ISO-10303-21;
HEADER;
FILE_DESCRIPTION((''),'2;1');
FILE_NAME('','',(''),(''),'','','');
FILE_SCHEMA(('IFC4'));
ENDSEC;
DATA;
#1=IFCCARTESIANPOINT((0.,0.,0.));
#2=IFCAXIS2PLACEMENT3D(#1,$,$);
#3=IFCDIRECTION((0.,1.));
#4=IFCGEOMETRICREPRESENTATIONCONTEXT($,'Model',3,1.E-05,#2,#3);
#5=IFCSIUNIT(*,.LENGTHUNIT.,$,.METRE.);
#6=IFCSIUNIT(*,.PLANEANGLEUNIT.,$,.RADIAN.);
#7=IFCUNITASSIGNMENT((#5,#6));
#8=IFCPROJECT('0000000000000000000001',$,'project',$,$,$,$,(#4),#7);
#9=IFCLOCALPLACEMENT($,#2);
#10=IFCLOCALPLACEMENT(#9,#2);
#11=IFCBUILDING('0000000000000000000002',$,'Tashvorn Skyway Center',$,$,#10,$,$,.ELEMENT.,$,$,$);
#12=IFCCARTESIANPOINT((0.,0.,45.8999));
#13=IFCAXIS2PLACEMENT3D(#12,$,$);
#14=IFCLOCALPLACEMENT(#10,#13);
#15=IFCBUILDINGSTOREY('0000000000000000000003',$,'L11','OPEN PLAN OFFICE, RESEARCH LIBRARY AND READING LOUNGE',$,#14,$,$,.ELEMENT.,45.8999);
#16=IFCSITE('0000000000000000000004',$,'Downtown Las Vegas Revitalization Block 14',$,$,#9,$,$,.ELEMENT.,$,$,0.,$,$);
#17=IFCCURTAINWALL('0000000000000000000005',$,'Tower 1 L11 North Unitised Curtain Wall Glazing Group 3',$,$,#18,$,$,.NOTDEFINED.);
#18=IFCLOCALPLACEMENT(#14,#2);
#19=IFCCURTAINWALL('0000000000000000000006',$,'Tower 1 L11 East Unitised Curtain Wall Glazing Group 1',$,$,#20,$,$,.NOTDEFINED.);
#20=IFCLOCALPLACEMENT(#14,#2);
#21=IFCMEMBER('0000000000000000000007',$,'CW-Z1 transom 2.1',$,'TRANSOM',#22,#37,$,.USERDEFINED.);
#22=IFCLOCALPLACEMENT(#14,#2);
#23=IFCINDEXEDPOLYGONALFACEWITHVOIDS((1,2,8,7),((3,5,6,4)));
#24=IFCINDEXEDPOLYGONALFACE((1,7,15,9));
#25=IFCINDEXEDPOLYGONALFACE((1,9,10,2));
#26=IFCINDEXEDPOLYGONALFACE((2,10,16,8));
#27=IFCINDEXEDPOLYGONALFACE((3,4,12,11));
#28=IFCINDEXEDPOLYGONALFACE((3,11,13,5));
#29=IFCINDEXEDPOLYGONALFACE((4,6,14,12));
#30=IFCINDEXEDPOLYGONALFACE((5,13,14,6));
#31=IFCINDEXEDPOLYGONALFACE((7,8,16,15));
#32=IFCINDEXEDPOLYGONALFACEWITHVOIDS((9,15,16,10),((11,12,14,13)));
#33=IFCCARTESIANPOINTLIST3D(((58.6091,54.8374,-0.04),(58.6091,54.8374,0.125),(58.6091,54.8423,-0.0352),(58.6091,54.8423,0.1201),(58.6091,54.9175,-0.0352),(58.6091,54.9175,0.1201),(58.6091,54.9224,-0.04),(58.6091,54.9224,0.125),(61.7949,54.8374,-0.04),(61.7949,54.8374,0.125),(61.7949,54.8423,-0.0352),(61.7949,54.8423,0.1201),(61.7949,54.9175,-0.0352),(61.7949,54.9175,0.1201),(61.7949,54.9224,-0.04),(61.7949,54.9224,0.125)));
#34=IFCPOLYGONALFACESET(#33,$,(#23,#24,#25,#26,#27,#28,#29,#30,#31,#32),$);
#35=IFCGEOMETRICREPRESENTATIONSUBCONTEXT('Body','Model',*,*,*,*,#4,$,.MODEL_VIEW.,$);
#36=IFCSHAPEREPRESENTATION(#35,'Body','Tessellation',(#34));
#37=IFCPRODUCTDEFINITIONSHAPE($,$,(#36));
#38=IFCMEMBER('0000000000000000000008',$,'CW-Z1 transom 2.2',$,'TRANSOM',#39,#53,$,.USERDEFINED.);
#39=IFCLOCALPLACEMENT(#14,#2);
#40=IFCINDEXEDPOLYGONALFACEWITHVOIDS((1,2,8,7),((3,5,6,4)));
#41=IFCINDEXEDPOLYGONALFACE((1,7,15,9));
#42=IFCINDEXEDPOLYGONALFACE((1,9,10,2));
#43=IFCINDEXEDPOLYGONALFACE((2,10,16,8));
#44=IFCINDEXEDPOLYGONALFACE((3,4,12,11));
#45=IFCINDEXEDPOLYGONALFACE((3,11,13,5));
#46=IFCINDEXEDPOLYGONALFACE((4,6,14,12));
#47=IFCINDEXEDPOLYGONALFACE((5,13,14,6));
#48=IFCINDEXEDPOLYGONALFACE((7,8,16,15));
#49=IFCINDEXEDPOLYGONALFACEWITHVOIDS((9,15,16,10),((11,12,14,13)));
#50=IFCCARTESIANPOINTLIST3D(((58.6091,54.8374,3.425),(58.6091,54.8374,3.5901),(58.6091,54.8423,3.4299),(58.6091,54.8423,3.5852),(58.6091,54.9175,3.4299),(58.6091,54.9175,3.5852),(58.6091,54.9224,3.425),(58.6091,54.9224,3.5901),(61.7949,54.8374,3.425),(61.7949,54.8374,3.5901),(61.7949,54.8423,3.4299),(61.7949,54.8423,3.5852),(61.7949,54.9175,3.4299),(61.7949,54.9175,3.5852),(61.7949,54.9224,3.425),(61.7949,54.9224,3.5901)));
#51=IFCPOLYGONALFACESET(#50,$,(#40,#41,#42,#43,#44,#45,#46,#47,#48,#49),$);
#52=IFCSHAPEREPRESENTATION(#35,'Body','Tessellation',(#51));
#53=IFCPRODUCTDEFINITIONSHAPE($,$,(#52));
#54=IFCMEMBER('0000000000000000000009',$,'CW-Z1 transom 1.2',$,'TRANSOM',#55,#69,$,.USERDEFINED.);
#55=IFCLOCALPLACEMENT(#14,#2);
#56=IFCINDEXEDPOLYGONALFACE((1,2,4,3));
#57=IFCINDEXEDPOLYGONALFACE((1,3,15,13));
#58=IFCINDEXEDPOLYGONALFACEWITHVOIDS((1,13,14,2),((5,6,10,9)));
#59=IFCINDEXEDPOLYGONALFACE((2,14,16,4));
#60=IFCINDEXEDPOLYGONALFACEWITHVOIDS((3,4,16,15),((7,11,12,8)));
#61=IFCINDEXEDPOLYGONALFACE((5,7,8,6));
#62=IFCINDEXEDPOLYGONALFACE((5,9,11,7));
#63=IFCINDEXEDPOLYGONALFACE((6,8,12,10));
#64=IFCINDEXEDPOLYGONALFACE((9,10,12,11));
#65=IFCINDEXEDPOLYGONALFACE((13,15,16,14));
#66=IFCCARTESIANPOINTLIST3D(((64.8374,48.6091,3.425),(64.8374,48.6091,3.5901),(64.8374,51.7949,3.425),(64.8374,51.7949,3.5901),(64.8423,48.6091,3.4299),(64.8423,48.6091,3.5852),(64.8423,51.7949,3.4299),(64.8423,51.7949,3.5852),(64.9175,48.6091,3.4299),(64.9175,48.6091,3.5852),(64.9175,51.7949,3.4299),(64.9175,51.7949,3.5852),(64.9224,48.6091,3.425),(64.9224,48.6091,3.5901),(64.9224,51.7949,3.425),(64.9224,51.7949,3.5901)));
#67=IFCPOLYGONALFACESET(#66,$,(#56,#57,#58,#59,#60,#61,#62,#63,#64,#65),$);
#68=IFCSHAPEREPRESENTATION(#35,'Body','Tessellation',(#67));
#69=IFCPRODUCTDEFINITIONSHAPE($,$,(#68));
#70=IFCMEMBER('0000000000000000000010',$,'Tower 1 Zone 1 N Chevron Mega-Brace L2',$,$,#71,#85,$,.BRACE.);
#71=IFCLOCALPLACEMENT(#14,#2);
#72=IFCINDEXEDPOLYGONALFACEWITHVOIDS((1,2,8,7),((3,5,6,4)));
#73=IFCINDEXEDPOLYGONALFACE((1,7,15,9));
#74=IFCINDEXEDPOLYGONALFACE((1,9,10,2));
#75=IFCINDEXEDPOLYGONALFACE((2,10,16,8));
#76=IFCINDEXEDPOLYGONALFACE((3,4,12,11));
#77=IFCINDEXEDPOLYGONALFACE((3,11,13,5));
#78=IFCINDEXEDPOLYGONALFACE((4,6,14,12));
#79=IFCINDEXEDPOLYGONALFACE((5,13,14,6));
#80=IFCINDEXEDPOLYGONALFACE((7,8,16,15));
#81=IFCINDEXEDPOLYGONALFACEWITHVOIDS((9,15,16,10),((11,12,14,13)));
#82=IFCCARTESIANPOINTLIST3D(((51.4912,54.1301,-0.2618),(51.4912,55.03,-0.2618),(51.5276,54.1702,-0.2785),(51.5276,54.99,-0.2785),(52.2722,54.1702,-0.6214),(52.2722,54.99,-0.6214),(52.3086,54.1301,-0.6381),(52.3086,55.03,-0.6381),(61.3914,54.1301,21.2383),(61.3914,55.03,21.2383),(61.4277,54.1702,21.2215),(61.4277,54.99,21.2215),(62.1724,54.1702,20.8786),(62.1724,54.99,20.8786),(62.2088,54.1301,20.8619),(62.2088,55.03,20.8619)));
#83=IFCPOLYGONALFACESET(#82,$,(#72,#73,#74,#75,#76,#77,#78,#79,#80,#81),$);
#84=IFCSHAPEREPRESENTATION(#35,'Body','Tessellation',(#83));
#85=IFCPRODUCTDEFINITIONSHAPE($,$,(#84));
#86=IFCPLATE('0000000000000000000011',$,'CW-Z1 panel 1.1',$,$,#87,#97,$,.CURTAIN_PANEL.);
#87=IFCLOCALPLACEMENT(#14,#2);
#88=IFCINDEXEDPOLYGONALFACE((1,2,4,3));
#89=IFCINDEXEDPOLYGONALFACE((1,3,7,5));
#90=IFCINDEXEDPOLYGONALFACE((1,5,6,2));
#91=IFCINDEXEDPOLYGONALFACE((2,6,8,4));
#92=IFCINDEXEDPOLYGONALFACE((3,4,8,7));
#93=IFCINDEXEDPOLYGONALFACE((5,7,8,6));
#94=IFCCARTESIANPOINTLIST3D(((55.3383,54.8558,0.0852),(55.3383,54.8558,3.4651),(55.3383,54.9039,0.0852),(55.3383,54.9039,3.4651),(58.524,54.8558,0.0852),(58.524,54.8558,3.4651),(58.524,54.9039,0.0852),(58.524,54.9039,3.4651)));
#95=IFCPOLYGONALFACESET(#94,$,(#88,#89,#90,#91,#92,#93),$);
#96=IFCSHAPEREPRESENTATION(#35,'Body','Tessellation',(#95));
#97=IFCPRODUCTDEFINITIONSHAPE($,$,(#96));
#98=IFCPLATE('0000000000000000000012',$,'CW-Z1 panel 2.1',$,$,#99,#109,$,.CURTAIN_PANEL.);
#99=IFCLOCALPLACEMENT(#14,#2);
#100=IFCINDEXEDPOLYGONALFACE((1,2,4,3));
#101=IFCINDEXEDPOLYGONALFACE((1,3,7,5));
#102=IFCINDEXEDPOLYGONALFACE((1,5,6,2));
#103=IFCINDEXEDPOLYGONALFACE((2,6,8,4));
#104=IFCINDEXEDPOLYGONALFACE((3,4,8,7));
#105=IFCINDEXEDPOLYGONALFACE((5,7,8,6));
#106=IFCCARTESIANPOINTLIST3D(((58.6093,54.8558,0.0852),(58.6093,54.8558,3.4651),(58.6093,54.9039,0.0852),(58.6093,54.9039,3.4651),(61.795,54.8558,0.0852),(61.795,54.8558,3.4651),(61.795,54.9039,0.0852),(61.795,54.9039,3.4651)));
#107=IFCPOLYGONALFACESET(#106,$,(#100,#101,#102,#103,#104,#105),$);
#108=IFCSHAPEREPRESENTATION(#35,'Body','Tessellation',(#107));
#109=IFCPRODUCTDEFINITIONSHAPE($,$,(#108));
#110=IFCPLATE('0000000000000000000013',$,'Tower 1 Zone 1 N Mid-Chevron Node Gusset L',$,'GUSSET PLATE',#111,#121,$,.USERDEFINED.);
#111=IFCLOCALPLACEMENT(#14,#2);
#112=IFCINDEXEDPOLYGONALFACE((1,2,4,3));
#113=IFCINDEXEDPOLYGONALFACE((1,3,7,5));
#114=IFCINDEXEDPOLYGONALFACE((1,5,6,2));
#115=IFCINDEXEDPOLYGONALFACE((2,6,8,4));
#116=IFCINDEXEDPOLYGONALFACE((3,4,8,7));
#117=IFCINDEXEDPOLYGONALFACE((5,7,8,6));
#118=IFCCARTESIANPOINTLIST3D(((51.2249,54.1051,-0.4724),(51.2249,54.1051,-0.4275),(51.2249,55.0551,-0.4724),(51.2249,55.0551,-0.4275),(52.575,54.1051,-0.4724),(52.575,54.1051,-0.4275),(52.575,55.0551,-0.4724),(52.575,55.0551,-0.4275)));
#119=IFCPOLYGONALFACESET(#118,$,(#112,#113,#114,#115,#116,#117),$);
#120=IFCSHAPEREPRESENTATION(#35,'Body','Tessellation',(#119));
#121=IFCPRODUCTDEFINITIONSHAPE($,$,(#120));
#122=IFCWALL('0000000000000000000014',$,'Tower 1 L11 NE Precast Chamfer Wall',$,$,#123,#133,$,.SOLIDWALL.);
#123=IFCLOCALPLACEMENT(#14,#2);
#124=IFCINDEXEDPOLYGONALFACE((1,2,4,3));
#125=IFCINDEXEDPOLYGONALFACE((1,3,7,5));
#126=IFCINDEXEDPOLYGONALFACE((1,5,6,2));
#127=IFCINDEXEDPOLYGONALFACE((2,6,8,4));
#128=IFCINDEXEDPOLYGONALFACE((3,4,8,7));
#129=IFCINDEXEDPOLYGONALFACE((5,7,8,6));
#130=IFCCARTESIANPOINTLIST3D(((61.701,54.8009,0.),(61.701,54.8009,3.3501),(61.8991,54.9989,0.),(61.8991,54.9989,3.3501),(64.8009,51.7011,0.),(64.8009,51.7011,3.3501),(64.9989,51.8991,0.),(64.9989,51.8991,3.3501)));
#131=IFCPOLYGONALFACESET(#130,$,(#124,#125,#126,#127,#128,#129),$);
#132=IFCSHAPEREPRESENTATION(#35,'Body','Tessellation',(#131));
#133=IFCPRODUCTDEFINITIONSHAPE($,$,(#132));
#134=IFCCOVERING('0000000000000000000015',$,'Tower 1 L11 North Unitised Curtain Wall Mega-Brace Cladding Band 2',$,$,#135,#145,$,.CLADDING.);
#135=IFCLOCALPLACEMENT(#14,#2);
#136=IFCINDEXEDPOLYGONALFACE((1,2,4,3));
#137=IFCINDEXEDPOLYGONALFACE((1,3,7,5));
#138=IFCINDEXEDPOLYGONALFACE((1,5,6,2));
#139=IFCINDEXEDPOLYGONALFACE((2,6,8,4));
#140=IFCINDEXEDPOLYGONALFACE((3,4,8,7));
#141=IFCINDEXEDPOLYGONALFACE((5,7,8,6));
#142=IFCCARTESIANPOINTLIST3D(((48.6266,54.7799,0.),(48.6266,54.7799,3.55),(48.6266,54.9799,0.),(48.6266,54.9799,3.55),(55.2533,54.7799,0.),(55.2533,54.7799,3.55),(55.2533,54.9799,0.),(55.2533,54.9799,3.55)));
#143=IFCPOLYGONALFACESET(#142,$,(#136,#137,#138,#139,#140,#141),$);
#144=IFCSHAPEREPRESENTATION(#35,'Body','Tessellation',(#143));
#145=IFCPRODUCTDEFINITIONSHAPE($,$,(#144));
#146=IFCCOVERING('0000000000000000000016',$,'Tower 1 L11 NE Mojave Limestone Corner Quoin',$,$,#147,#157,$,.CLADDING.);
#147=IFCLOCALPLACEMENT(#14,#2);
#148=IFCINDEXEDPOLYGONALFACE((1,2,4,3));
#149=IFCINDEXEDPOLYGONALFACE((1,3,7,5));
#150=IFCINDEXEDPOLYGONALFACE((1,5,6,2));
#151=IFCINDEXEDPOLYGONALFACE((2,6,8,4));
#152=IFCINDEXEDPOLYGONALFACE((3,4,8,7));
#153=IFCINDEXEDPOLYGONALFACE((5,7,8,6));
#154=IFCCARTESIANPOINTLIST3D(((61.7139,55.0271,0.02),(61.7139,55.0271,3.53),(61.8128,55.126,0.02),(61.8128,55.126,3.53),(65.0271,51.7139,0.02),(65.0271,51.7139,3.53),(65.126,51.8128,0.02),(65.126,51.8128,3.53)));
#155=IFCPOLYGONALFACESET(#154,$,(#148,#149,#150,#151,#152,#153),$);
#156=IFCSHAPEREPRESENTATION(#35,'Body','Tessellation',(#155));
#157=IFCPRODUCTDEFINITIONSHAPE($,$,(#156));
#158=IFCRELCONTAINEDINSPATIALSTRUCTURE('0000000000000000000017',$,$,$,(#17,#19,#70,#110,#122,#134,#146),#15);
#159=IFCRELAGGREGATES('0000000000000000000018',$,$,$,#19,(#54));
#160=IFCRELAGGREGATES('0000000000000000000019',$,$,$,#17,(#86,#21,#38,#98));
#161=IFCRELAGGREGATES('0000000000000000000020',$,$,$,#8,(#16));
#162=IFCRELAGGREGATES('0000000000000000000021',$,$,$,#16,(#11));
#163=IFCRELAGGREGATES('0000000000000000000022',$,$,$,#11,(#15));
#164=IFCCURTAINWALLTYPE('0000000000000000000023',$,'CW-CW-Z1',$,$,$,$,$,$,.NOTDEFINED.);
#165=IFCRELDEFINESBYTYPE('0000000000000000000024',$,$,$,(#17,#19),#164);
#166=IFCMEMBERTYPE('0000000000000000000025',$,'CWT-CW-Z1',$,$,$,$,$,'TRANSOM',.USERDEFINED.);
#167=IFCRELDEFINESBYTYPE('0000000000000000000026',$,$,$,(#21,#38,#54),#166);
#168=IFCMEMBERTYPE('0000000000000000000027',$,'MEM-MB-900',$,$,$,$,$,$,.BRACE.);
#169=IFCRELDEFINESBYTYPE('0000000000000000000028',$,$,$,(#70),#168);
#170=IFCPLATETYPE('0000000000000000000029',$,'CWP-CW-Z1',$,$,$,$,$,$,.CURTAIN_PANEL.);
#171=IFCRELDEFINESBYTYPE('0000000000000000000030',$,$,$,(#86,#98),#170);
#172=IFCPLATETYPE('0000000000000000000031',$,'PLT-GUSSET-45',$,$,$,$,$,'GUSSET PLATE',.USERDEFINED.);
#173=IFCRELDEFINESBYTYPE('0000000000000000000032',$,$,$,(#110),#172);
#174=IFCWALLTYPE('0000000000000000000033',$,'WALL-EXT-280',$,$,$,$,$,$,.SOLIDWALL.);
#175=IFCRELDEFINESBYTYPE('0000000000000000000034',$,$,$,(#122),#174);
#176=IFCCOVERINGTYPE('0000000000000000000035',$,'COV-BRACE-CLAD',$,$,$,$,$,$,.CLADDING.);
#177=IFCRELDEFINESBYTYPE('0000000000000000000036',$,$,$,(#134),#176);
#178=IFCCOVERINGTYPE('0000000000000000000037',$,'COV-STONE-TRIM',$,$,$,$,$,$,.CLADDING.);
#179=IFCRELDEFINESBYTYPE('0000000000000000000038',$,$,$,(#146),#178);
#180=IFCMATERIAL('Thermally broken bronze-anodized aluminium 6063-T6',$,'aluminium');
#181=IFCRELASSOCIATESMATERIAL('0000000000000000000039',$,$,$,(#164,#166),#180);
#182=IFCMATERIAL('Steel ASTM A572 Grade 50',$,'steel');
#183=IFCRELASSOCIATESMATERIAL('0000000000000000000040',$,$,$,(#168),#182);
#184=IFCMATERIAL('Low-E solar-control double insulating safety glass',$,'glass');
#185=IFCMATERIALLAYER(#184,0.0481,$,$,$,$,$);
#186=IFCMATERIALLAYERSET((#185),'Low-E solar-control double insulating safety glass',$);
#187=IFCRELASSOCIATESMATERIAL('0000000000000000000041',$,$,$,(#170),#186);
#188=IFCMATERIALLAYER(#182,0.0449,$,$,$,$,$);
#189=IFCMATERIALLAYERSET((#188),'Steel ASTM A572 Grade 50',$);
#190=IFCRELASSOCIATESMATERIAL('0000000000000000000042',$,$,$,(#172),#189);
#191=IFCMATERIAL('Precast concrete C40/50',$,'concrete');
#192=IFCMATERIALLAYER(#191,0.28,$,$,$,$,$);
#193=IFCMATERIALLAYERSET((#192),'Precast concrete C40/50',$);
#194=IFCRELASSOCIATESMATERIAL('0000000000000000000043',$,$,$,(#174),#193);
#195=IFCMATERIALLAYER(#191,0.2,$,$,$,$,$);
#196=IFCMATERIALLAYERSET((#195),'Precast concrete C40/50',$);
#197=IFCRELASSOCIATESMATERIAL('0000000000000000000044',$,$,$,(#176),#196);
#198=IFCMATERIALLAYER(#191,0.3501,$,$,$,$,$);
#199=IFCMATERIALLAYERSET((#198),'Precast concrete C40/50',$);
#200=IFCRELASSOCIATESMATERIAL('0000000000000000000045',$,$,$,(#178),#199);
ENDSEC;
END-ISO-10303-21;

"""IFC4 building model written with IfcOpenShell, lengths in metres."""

from ifc_helpers import new_model, si_unit, direction, frame, frame_2d, origin, origin_2d, place, context, subcontext, project, spatial, rectangle, hollow_rectangle, extrude, material, layer, layer_set, material_profile, profile_set, type_object, element, aggregate, save


model = new_model("IFC4")

# Units and contexts
model_context = context("Model", 3, precision=1e-05, world=origin(), true_north=direction((0.0, 1.0)))
body_context = subcontext(model_context, "Body", "Model", "MODEL_VIEW")
ifc_project = project(units=[si_unit("LENGTHUNIT", "METRE"), si_unit("PLANEANGLEUNIT", "RADIAN")], contexts=[model_context])

# Site, building, storey
site_placement = place(None, origin())
site = spatial("IfcSite", under=ifc_project, at=site_placement, Name="Downtown Las Vegas Revitalization Block 14", CompositionType="ELEMENT", RefElevation=0.0)
building_placement = place(site_placement, origin())
building = spatial("IfcBuilding", under=site, at=building_placement, Name="Tashvorn Skyway Center", CompositionType="ELEMENT")
storey_placement = place(building_placement, frame((0.0, 0.0, 45.8999)))
storey = spatial("IfcBuildingStorey", under=building, at=storey_placement, Name="L11", Description="OPEN PLAN OFFICE, RESEARCH LIBRARY AND READING LOUNGE", CompositionType="ELEMENT", Elevation=45.8999)

# Shared definitions
ifc_material_1 = material(Name="Steel ASTM A572 Grade 50", Category="steel")

# Shared definitions
ifc_material_2 = material(Name="Thermally broken bronze-anodized aluminium 6063-T6", Category="aluminium")
curtain_wall_type = type_object("IfcCurtainWallType", Name="CW-CW-Z1", PredefinedType="NOTDEFINED", material=ifc_material_2)

# Curtain wall
curtain_wall_1_placement = place(storey_placement, origin())
curtain_wall_1 = element("IfcCurtainWall", 1, at=curtain_wall_1_placement, inside=storey, type_object=curtain_wall_type, Name="Tower 1 L11 North Unitised Curtain Wall Glazing Group 3", PredefinedType="NOTDEFINED")

# Curtain wall
curtain_wall_2_placement = place(storey_placement, origin())
curtain_wall_2 = element("IfcCurtainWall", 2, at=curtain_wall_2_placement, inside=storey, type_object=curtain_wall_type, Name="Tower 1 L11 East Unitised Curtain Wall Glazing Group 1", PredefinedType="NOTDEFINED")

# Members
ifc_material_profile_1 = material_profile(ifc_material_2, hollow_rectangle(XDim=0.085, YDim=0.165, WallThickness=0.0049, at=origin_2d()), Name="ALU-TRAN-85x165")
ifc_profile_set_1 = profile_set([ifc_material_profile_1], Name="Thermally broken bronze-anodized aluminium 6063-T6")
member_type_1 = type_object("IfcMemberType", Name="CWT-CW-Z1", ElementType="TRANSOM", PredefinedType="USERDEFINED", material=ifc_profile_set_1)
member_1_placement = place(storey_placement, frame((58.6091, 54.8799, 0.0425), z_axis=(1.0, 0.0, 0.0), x_axis=(0.0, 1.0, 0.0)))
member_1 = element("IfcMember", 3, at=member_1_placement, type_object=member_type_1, Name="CW-Z1 transom 2.1", ObjectType="TRANSOM", PredefinedType="USERDEFINED", context=body_context, shape_type="SweptSolid", body=[
    extrude(hollow_rectangle(XDim=0.085, YDim=0.165, WallThickness=0.0049, at=origin_2d()), origin(), (0.0, 0.0, 1.0), 3.1858),
])
member_2_placement = place(storey_placement, frame((58.6091, 54.8799, 3.5076), z_axis=(1.0, 0.0, 0.0), x_axis=(0.0, 1.0, 0.0)))
member_2 = element("IfcMember", 4, at=member_2_placement, type_object=member_type_1, Name="CW-Z1 transom 2.2", ObjectType="TRANSOM", PredefinedType="USERDEFINED", context=body_context, shape_type="SweptSolid", body=[
    extrude(hollow_rectangle(XDim=0.085, YDim=0.165, WallThickness=0.0049, at=origin_2d()), origin(), (0.0, 0.0, 1.0), 3.1858),
])
member_3_placement = place(storey_placement, frame((64.8799, 51.7949, 3.5076), z_axis=(0.0, -1.0, 0.0), x_axis=(1.0, 0.0, 0.0)))
member_3 = element("IfcMember", 5, at=member_3_placement, type_object=member_type_1, Name="CW-Z1 transom 1.2", ObjectType="TRANSOM", PredefinedType="USERDEFINED", context=body_context, shape_type="SweptSolid", body=[
    extrude(hollow_rectangle(XDim=0.085, YDim=0.165, WallThickness=0.0049, at=origin_2d()), origin(), (0.0, 0.0, 1.0), 3.1858),
])
aggregate(curtain_wall_2, [member_3])
ifc_material_profile_2 = material_profile(ifc_material_1, hollow_rectangle(XDim=0.8999, YDim=0.8999, WallThickness=0.04, at=origin_2d()), Name="BOX900x900x40")
ifc_profile_set_2 = profile_set([ifc_material_profile_2], Name="Steel ASTM A572 Grade 50")
member_type_2 = type_object("IfcMemberType", Name="MEM-MB-900", PredefinedType="BRACE", material=ifc_profile_set_2)
member_4_placement = place(storey_placement, frame((51.8999, 54.5801, -0.45), z_axis=(0.418259, 0.0, 0.908328), x_axis=(0.0, 1.0, 0.0)))
element("IfcMember", 6, at=member_4_placement, inside=storey, type_object=member_type_2, Name="Tower 1 Zone 1 N Chevron Mega-Brace L2", PredefinedType="BRACE", context=body_context, shape_type="SweptSolid", body=[
    extrude(hollow_rectangle(XDim=0.8999, YDim=0.8999, WallThickness=0.04, at=origin_2d()), origin(), (0.0, 0.0, 1.0), 23.6699),
])

# Plates
ifc_material_3 = material(Name="Low-E solar-control double insulating safety glass", Category="glass")
ifc_layer_1 = layer(ifc_material_3, 0.0481)
ifc_layer_set_1 = layer_set([ifc_layer_1], Name="Low-E solar-control double insulating safety glass")
plate_type_1 = type_object("IfcPlateType", Name="CWP-CW-Z1", PredefinedType="CURTAIN_PANEL", material=ifc_layer_set_1)
plate_1_placement = place(storey_placement, frame((56.9312, 54.8799, 0.0852), z_axis=(0.0, 0.0, 1.0), x_axis=(1.0, 0.0, 0.0)))
plate_1 = element("IfcPlate", 7, at=plate_1_placement, type_object=plate_type_1, Name="CW-Z1 panel 1.1", PredefinedType="CURTAIN_PANEL", context=body_context, shape_type="SweptSolid", body=[
    extrude(rectangle(XDim=3.1858, YDim=0.0481, at=origin_2d()), origin(), (0.0, 0.0, 1.0), 3.3799),
])
plate_2_placement = place(storey_placement, frame((60.2021, 54.8799, 0.0852), z_axis=(0.0, 0.0, 1.0), x_axis=(1.0, 0.0, 0.0)))
plate_2 = element("IfcPlate", 8, at=plate_2_placement, type_object=plate_type_1, Name="CW-Z1 panel 2.1", PredefinedType="CURTAIN_PANEL", context=body_context, shape_type="SweptSolid", body=[
    extrude(rectangle(XDim=3.1858, YDim=0.0481, at=origin_2d()), origin(), (0.0, 0.0, 1.0), 3.3799),
])
aggregate(curtain_wall_1, [plate_1, member_1, member_2, plate_2])
ifc_layer_2 = layer(ifc_material_1, 0.0449)
ifc_layer_set_2 = layer_set([ifc_layer_2], Name="Steel ASTM A572 Grade 50")
plate_type_2 = type_object("IfcPlateType", Name="PLT-GUSSET-45", ElementType="GUSSET PLATE", PredefinedType="USERDEFINED", material=ifc_layer_set_2)
plate_3_placement = place(storey_placement, frame((51.8999, 54.5801, -0.4724), z_axis=(0.0, 0.0, 1.0), x_axis=(-1.0, 0.0, 0.0)))
element("IfcPlate", 9, at=plate_3_placement, inside=storey, type_object=plate_type_2, Name="Tower 1 Zone 1 N Mid-Chevron Node Gusset L", ObjectType="GUSSET PLATE", PredefinedType="USERDEFINED", context=body_context, shape_type="SweptSolid", body=[
    extrude(rectangle(XDim=1.3501, YDim=0.95, at=origin_2d()), origin(), (0.0, 0.0, 1.0), 0.0449),
])

# Wall
ifc_material_4 = material(Name="Precast concrete C40/50", Category="concrete")
ifc_layer_3 = layer(ifc_material_4, 0.28)
ifc_layer_set_3 = layer_set([ifc_layer_3], Name="Precast concrete C40/50")
wall_type = type_object("IfcWallType", Name="WALL-EXT-280", PredefinedType="SOLIDWALL", material=ifc_layer_set_3)
wall_placement = place(storey_placement, frame((61.8, 54.8999, 0.0), z_axis=(0.0, 0.0, 1.0), x_axis=(0.707107, -0.707107, 0.0)))
element("IfcWall", 10, at=wall_placement, inside=storey, type_object=wall_type, Name="Tower 1 L11 NE Precast Chamfer Wall", PredefinedType="SOLIDWALL", context=body_context, shape_type="SweptSolid", body=[
    extrude(rectangle(XDim=4.3838, YDim=0.28, at=frame_2d((2.1919, 0.0))), origin(), (0.0, 0.0, 1.0), 3.3501),
])

# Coverings
ifc_layer_4 = layer(ifc_material_4, 0.2)
ifc_layer_set_4 = layer_set([ifc_layer_4], Name="Precast concrete C40/50")
covering_type_1 = type_object("IfcCoveringType", Name="COV-BRACE-CLAD", PredefinedType="CLADDING", material=ifc_layer_set_4)
covering_1_placement = place(storey_placement, frame((51.9399, 54.8799, 0.0), z_axis=(0.0, 0.0, 1.0), x_axis=(1.0, 0.0, 0.0)))
element("IfcCovering", 11, at=covering_1_placement, inside=storey, type_object=covering_type_1, Name="Tower 1 L11 North Unitised Curtain Wall Mega-Brace Cladding Band 2", PredefinedType="CLADDING", context=body_context, shape_type="SweptSolid", body=[
    extrude(rectangle(XDim=6.6267, YDim=0.2, at=origin_2d()), origin(), (0.0, 0.0, 1.0), 3.55),
])
ifc_layer_5 = layer(ifc_material_4, 0.3501)
ifc_layer_set_5 = layer_set([ifc_layer_5], Name="Precast concrete C40/50")
covering_type_2 = type_object("IfcCoveringType", Name="COV-STONE-TRIM", PredefinedType="CLADDING", material=ifc_layer_set_5)
covering_2_placement = place(storey_placement, frame((63.4199, 53.4199, 0.02), z_axis=(0.0, 0.0, 1.0), x_axis=(0.707107, -0.707107, 0.0)))
element("IfcCovering", 12, at=covering_2_placement, inside=storey, type_object=covering_type_2, Name="Tower 1 L11 NE Mojave Limestone Corner Quoin", PredefinedType="CLADDING", context=body_context, shape_type="SweptSolid", body=[
    extrude(rectangle(XDim=4.6855, YDim=0.1399, at=origin_2d()), origin(), (0.0, 0.0, 1.0), 3.51),
])

save(model, "model.ifc")
